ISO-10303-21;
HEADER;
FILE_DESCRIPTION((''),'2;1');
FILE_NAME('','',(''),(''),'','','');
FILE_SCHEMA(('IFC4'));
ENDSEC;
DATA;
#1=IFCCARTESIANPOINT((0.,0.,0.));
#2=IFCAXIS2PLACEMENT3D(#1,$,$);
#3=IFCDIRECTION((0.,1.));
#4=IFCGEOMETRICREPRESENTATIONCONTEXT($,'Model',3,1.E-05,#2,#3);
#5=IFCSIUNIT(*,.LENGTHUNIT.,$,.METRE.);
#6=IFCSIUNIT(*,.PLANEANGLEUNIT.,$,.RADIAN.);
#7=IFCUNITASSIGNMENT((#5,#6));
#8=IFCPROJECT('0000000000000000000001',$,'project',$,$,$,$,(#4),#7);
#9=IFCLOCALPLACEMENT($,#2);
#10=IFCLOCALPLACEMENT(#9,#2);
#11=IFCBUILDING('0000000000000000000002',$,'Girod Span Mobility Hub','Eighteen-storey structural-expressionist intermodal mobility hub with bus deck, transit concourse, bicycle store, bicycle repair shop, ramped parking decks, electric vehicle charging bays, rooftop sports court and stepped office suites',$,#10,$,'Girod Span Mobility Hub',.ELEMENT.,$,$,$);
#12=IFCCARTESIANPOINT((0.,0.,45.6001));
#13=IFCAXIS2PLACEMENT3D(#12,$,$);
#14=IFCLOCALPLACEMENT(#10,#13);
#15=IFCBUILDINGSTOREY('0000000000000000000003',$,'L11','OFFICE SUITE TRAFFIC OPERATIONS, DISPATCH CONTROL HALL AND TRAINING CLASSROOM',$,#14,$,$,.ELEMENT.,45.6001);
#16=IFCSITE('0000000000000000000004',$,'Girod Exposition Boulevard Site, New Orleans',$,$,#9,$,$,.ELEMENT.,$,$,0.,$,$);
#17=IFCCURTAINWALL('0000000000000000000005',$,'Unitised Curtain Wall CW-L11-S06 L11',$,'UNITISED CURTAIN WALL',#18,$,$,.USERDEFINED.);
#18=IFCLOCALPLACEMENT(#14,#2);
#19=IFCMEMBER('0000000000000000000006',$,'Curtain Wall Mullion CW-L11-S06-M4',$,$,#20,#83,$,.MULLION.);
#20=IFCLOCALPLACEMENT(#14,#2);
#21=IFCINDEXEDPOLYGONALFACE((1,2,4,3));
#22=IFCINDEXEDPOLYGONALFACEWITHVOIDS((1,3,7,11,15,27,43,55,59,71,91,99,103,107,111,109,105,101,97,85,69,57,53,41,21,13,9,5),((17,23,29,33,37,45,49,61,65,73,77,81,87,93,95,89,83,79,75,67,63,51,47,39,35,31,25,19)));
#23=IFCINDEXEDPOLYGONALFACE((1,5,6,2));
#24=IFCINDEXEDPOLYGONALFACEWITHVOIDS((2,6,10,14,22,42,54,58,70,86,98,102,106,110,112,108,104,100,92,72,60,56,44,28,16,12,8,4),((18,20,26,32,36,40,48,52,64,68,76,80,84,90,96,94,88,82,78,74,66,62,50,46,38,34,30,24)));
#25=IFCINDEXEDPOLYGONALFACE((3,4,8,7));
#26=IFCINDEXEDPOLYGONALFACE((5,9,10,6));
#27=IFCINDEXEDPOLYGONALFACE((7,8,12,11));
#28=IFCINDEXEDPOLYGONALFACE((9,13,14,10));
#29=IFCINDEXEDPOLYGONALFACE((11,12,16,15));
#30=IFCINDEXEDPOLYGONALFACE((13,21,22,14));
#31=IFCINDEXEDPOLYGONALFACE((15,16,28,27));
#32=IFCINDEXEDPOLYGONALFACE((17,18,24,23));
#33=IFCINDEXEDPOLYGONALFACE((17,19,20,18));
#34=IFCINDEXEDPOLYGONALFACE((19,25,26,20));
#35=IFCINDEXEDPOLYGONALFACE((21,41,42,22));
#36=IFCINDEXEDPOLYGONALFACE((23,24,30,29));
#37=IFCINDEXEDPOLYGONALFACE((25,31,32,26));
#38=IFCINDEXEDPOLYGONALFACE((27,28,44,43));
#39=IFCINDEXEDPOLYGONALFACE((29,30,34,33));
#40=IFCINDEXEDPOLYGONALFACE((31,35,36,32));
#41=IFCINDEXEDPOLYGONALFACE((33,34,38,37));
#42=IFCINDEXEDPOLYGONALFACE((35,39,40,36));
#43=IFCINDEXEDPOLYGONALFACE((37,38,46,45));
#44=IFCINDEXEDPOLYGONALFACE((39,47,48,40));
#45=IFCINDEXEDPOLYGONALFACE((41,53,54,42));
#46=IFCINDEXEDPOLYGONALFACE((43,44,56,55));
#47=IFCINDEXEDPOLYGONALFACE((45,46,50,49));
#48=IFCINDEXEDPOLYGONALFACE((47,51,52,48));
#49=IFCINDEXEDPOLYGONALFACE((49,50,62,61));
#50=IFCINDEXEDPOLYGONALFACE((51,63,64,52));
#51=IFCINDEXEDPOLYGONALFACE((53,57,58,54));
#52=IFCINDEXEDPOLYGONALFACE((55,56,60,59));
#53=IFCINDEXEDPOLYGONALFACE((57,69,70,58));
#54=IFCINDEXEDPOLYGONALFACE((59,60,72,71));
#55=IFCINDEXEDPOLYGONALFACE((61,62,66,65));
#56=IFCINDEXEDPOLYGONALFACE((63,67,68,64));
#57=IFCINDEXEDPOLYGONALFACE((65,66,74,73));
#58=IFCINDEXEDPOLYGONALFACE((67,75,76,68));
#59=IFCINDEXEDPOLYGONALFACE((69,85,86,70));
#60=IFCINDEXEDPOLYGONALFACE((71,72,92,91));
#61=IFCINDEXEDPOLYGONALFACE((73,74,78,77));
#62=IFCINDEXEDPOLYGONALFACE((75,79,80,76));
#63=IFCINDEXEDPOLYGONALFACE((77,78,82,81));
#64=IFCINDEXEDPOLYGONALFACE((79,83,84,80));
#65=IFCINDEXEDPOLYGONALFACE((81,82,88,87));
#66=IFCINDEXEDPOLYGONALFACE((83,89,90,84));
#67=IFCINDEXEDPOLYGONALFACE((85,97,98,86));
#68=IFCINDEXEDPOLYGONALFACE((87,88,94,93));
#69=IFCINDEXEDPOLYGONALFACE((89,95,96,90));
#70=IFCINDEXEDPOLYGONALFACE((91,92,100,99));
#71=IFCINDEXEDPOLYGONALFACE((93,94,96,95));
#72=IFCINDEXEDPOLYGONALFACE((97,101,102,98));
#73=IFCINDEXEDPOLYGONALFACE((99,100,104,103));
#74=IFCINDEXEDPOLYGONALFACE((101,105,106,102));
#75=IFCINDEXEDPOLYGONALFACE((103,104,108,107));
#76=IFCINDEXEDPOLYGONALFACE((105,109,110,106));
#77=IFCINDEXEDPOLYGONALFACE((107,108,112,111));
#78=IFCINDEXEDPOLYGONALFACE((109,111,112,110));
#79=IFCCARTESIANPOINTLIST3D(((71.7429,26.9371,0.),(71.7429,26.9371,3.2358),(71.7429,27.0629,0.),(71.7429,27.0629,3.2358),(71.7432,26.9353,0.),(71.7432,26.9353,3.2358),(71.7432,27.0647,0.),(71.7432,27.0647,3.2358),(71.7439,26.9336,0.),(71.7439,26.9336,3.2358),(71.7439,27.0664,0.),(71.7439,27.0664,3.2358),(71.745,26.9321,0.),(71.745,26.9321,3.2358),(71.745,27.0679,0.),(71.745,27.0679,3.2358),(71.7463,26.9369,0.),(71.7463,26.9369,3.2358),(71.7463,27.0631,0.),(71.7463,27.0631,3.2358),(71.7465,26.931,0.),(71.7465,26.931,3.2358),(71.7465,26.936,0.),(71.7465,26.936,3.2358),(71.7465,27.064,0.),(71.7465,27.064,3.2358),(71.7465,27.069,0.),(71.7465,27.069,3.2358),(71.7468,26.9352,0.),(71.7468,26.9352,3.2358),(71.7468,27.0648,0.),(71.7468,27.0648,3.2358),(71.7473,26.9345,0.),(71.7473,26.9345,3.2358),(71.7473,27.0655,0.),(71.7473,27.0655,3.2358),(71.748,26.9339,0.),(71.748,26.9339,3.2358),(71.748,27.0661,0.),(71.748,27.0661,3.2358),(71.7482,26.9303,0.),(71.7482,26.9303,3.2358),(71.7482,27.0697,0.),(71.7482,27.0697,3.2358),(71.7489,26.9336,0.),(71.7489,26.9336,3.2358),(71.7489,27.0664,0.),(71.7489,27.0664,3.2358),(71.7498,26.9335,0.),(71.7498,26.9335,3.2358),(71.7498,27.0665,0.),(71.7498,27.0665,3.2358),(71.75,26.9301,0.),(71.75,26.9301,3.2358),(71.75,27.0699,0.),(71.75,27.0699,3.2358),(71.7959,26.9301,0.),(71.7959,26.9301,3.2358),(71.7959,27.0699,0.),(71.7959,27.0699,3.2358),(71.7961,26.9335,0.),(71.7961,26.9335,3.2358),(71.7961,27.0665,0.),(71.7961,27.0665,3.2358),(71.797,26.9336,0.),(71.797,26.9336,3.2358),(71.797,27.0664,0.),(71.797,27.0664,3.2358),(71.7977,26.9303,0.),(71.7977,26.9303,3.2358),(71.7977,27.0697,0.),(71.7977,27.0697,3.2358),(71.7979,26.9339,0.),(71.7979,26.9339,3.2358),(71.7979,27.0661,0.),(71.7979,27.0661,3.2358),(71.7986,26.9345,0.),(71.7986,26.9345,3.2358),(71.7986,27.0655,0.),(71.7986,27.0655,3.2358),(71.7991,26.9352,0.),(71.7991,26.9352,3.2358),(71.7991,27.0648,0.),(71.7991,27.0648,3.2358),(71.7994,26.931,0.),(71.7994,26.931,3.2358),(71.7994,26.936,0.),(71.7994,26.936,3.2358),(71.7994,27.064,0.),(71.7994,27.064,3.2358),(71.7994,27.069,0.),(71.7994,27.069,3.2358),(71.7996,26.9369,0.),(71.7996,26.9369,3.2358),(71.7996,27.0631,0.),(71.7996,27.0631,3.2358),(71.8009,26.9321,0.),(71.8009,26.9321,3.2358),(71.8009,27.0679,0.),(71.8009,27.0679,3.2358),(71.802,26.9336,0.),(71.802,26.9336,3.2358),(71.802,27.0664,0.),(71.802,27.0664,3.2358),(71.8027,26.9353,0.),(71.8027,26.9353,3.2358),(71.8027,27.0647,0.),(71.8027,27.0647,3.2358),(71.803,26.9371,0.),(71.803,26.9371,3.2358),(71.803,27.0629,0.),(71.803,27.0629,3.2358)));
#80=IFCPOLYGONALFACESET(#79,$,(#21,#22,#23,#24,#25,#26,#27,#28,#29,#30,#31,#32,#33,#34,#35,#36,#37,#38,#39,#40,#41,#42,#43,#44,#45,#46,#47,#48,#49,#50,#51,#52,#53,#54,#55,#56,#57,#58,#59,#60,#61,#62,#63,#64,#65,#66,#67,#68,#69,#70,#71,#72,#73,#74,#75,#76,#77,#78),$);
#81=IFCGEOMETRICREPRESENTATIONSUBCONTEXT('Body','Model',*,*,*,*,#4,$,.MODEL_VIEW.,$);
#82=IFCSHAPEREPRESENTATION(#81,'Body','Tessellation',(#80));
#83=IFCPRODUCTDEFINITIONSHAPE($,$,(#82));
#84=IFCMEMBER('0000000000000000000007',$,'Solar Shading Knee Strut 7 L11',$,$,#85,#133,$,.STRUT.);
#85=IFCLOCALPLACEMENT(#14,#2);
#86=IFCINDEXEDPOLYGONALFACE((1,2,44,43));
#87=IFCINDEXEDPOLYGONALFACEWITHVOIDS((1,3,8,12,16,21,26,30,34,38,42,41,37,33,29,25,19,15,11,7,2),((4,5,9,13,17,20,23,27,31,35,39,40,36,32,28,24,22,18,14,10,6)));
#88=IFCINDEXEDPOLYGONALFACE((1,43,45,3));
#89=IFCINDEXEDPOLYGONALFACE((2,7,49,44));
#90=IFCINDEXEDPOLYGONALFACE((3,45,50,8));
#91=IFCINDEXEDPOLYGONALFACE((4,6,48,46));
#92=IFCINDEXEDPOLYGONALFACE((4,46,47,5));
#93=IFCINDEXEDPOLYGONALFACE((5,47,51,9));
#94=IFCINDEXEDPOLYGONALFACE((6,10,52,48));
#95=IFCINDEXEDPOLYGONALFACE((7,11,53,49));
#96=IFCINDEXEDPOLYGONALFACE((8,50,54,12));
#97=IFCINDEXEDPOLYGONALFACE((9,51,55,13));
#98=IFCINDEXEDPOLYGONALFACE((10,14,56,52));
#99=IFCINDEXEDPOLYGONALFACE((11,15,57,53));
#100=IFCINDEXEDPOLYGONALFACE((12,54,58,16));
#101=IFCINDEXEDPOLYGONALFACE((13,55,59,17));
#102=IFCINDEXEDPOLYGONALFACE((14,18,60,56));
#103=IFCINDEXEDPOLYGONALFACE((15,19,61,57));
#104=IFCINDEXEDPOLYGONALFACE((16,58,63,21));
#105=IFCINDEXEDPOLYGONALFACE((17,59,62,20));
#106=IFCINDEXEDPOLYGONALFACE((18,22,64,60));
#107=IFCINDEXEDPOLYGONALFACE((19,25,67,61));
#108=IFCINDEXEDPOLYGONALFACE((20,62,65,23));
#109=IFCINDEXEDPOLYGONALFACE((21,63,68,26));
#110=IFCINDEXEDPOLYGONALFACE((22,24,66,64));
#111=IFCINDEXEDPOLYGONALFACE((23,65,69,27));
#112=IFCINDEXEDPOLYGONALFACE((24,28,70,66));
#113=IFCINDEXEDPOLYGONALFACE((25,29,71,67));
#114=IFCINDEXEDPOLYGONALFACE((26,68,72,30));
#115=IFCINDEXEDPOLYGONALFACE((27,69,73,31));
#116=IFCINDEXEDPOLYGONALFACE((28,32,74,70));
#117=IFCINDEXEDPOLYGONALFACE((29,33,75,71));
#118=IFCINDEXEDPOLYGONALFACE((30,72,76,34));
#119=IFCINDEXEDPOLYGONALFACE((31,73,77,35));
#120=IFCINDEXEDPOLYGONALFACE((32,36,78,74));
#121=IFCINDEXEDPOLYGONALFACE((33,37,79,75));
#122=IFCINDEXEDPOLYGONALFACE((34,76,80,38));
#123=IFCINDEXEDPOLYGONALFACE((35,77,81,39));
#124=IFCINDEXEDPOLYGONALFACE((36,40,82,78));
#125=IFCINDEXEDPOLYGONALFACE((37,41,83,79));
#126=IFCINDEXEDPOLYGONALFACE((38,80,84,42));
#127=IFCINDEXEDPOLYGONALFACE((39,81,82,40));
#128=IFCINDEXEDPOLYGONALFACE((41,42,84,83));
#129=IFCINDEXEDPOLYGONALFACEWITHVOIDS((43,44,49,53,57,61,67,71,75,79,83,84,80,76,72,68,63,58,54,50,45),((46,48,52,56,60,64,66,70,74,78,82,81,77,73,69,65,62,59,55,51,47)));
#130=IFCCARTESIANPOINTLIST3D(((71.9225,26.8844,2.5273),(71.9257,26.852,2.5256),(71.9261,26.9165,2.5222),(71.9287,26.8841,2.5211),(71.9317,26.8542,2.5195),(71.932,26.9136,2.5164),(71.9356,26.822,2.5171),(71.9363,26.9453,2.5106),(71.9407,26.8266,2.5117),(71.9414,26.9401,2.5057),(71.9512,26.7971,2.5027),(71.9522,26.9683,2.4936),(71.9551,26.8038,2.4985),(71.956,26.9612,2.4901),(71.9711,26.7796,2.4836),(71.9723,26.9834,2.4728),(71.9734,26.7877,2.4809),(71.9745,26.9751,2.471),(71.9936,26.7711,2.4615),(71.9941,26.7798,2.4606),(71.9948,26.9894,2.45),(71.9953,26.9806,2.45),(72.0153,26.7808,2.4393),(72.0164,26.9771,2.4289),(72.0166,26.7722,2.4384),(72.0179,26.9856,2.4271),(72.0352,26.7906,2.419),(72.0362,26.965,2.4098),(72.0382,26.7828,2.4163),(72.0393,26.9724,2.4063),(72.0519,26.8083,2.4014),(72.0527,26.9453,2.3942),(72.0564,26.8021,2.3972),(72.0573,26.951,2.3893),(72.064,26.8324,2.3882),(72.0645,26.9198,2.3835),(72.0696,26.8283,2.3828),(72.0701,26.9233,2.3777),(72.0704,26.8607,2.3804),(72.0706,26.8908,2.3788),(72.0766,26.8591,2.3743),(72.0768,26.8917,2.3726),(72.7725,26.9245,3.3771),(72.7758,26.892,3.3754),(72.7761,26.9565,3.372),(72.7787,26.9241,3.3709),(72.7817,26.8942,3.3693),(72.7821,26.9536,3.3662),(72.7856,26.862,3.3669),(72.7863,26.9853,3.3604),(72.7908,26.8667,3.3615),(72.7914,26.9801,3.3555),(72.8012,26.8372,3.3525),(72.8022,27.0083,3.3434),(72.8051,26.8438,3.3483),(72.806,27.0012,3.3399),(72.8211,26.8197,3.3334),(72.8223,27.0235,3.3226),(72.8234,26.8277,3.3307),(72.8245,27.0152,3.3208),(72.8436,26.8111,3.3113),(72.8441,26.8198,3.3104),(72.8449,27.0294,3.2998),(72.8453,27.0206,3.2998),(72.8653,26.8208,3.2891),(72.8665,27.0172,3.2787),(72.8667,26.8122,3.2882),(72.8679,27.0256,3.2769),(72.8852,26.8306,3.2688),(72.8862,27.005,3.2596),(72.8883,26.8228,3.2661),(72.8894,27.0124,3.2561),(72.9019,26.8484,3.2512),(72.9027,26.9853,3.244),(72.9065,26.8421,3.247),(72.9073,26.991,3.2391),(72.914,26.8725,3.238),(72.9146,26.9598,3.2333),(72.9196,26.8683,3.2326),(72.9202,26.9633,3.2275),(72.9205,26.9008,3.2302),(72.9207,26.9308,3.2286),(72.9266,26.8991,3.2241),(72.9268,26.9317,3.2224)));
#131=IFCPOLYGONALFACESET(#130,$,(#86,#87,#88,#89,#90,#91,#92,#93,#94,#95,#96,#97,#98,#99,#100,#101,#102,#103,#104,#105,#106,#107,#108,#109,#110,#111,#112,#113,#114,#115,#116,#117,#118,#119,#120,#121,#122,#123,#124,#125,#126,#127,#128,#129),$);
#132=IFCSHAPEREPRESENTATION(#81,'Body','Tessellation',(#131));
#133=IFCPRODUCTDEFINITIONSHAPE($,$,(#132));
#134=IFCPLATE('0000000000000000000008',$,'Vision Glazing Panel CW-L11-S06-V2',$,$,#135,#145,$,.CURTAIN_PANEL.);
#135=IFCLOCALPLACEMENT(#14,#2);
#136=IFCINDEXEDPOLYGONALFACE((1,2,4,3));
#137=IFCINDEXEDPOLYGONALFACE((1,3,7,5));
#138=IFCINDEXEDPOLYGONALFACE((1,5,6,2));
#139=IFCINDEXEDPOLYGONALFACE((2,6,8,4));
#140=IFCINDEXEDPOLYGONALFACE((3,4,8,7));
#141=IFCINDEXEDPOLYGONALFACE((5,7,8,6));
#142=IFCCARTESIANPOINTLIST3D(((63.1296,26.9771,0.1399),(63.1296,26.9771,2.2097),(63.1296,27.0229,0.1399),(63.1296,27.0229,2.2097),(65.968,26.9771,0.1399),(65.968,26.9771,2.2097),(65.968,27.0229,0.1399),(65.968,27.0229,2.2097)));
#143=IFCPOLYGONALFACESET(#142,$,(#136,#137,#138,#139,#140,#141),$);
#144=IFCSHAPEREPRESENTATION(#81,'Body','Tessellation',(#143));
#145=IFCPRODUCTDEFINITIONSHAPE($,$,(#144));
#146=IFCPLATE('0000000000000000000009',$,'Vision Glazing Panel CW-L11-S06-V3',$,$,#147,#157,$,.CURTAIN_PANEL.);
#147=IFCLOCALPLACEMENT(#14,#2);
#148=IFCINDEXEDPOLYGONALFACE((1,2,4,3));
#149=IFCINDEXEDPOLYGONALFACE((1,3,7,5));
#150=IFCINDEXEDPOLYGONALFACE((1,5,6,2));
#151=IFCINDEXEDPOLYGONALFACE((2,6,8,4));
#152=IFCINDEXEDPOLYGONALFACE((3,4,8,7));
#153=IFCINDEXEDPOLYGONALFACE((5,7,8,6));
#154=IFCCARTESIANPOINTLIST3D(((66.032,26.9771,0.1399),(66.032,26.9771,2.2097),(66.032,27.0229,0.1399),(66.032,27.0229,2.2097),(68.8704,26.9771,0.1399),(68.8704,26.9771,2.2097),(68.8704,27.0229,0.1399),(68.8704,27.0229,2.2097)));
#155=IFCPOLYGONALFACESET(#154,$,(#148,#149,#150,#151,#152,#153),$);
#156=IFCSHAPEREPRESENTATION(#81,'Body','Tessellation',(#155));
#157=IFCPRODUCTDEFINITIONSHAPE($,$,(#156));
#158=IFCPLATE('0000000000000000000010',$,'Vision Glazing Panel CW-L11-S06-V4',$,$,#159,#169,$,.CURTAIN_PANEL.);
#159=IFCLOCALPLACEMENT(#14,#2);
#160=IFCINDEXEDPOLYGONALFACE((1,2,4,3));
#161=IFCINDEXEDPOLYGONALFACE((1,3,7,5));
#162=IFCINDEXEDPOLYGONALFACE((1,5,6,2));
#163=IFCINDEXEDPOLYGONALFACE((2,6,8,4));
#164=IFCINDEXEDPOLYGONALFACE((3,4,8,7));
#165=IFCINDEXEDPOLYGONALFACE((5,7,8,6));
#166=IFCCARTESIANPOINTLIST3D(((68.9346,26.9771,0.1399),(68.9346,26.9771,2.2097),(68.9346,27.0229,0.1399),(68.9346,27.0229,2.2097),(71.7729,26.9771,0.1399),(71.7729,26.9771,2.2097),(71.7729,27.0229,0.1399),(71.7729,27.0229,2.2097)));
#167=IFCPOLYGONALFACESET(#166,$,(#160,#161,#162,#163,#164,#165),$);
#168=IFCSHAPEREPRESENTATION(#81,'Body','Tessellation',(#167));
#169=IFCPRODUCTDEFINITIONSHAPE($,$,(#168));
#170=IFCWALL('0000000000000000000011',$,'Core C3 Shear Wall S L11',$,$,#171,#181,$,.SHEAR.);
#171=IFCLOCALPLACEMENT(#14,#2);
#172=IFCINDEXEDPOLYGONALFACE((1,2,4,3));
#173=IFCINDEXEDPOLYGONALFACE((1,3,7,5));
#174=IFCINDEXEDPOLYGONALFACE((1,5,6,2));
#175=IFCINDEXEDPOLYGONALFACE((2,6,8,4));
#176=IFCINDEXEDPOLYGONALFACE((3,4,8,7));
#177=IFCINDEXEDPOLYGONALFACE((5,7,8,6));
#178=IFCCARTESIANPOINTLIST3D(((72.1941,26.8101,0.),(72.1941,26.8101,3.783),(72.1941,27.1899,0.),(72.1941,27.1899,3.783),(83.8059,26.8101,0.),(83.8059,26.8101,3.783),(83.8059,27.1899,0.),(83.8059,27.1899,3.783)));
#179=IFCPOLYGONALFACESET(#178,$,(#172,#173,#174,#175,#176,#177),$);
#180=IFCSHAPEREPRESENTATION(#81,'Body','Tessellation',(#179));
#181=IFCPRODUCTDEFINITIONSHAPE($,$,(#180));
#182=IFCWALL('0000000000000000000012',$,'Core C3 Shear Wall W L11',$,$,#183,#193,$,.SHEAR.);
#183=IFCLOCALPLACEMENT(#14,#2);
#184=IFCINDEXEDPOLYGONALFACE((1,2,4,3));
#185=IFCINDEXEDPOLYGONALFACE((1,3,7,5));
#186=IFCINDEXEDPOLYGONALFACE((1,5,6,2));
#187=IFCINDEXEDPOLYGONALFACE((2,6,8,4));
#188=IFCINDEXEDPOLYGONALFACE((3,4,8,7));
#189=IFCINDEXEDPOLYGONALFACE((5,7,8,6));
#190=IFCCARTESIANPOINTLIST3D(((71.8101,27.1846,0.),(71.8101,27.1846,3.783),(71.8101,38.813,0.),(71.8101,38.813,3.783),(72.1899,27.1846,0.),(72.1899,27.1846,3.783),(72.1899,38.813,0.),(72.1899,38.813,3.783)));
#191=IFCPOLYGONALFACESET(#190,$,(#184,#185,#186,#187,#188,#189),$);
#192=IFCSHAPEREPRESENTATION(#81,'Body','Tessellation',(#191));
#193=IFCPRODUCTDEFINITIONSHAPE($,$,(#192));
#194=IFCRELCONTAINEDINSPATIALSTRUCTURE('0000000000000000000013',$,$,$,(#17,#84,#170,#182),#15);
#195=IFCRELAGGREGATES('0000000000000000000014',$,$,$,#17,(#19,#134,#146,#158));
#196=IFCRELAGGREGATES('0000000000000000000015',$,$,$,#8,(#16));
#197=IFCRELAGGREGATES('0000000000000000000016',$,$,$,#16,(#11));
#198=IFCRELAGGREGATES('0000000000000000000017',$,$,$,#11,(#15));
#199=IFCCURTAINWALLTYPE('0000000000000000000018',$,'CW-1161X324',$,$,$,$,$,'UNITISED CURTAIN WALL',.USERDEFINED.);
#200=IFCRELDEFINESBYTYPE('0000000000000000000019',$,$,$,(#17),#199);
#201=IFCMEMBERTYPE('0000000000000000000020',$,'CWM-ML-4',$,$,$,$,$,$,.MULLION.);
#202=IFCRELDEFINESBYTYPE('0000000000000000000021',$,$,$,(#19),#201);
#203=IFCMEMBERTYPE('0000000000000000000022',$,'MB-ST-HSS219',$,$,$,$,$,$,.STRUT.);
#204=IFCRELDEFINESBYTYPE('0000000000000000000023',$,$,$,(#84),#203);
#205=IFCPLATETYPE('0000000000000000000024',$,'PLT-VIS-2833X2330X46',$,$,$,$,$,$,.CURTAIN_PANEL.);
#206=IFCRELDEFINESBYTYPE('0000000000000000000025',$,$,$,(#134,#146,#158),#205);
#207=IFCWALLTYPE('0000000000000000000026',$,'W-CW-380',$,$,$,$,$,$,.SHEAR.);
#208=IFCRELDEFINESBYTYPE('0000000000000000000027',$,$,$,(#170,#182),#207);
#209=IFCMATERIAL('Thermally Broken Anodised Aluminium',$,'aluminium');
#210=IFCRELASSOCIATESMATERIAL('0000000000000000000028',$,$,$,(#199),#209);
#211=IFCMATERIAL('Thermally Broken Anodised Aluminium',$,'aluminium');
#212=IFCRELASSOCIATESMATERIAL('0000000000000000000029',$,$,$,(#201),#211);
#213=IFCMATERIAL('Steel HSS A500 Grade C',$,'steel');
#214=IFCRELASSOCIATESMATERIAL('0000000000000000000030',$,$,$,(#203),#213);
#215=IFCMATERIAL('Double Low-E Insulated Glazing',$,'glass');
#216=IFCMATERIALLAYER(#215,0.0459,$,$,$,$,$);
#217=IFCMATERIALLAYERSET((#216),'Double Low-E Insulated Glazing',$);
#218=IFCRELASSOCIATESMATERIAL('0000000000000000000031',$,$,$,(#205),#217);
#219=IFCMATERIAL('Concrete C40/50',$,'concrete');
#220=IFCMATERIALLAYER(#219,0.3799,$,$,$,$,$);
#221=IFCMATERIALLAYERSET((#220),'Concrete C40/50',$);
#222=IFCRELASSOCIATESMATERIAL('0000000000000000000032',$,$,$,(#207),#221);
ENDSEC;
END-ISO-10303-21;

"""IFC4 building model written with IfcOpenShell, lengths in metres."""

from ifc_helpers import new_model, si_unit, direction, frame, frame_2d, origin, origin_2d, place, context, subcontext, project, spatial, rectangle, hollow_rectangle, hollow_circle, extrude, material, layer, layer_set, material_profile, profile_set, type_object, element, aggregate, save


model = new_model("IFC4")

# Units and contexts
model_context = context("Model", 3, precision=1e-05, world=origin(), true_north=direction((0.0, 1.0)))
body_context = subcontext(model_context, "Body", "Model", "MODEL_VIEW")
ifc_project = project(units=[si_unit("LENGTHUNIT", "METRE"), si_unit("PLANEANGLEUNIT", "RADIAN")], contexts=[model_context])

# Site, building, storey
site_placement = place(None, origin())
site = spatial("IfcSite", under=ifc_project, at=site_placement, Name="Girod Exposition Boulevard Site, New Orleans", CompositionType="ELEMENT", RefElevation=0.0)
building_placement = place(site_placement, origin())
building = spatial("IfcBuilding", under=site, at=building_placement, Name="Girod Span Mobility Hub", Description="Eighteen-storey structural-expressionist intermodal mobility hub with bus deck, transit concourse, bicycle store, bicycle repair shop, ramped parking decks, electric vehicle charging bays, rooftop sports court and stepped office suites", LongName="Girod Span Mobility Hub", CompositionType="ELEMENT")
storey_placement = place(building_placement, frame((0.0, 0.0, 45.6001)))
storey = spatial("IfcBuildingStorey", under=building, at=storey_placement, Name="L11", Description="OFFICE SUITE TRAFFIC OPERATIONS, DISPATCH CONTROL HALL AND TRAINING CLASSROOM", CompositionType="ELEMENT", Elevation=45.6001)

# Curtain wall, member
ifc_material_1 = material(Name="Thermally Broken Anodised Aluminium", Category="aluminium")
curtain_wall_type = type_object("IfcCurtainWallType", Name="CW-1161X324", ElementType="UNITISED CURTAIN WALL", PredefinedType="USERDEFINED", material=ifc_material_1)
curtain_wall_placement = place(storey_placement, origin())
curtain_wall = element("IfcCurtainWall", 1, at=curtain_wall_placement, inside=storey, type_object=curtain_wall_type, Name="Unitised Curtain Wall CW-L11-S06 L11", ObjectType="UNITISED CURTAIN WALL", PredefinedType="USERDEFINED")
ifc_material_2 = material(Name="Thermally Broken Anodised Aluminium", Category="aluminium")
ifc_material_profile_1 = material_profile(ifc_material_2, hollow_rectangle(XDim=0.1399, YDim=0.0601, WallThickness=0.0034, InnerFilletRadius=0.0034, OuterFilletRadius=0.0071, at=origin_2d()), Name="CW-ML-60X140")
ifc_profile_set_1 = profile_set([ifc_material_profile_1], Name="Thermally Broken Anodised Aluminium")
member_type_1 = type_object("IfcMemberType", Name="CWM-ML-4", PredefinedType="MULLION", material=ifc_profile_set_1)
member_1_placement = place(storey_placement, frame((71.7729, 27.0, 0.0), z_axis=(0.0, 0.0, 1.0), x_axis=(0.0, 1.0, 0.0)))
member_1 = element("IfcMember", 2, at=member_1_placement, type_object=member_type_1, Name="Curtain Wall Mullion CW-L11-S06-M4", PredefinedType="MULLION", context=body_context, shape_type="SweptSolid", body=[
    extrude(hollow_rectangle(XDim=0.1399, YDim=0.0601, WallThickness=0.0034, InnerFilletRadius=0.0034, OuterFilletRadius=0.0071, at=origin_2d()), origin(), (0.0, 0.0, 1.0), 3.2358),
])

# Member
ifc_material_3 = material(Name="Steel HSS A500 Grade C", Category="steel")
ifc_material_profile_2 = material_profile(ifc_material_3, hollow_circle(Radius=0.1096, WallThickness=0.0088, at=origin_2d()), Name="HSS219X9.5")
ifc_profile_set_2 = profile_set([ifc_material_profile_2], Name="Steel HSS A500 Grade C")
member_type_2 = type_object("IfcMemberType", Name="MB-ST-HSS219", PredefinedType="STRUT", material=ifc_profile_set_2)
member_2_placement = place(storey_placement, frame((72.0, 26.8799, 2.45), z_axis=(0.706816, 0.033291, 0.706613), x_axis=(-0.047047, 0.998893, 0.0)))
element("IfcMember", 3, at=member_2_placement, inside=storey, type_object=member_type_2, Name="Solar Shading Knee Strut 7 L11", PredefinedType="STRUT", context=body_context, shape_type="SweptSolid", body=[
    extrude(hollow_circle(Radius=0.1096, WallThickness=0.0088, at=origin_2d()), origin(), (0.0, 0.0, 1.0), 1.2026),
])

# Plates
ifc_material_4 = material(Name="Double Low-E Insulated Glazing", Category="glass")
ifc_layer_1 = layer(ifc_material_4, 0.0459)
ifc_layer_set_1 = layer_set([ifc_layer_1], Name="Double Low-E Insulated Glazing")
plate_type = type_object("IfcPlateType", Name="PLT-VIS-2833X2330X46", PredefinedType="CURTAIN_PANEL", material=ifc_layer_set_1)
plate_1_placement = place(storey_placement, frame((64.5488, 27.0, 0.1399), z_axis=(0.0, 0.0, 1.0), x_axis=(1.0, 0.0, 0.0)))
plate_1 = element("IfcPlate", 4, at=plate_1_placement, type_object=plate_type, Name="Vision Glazing Panel CW-L11-S06-V2", PredefinedType="CURTAIN_PANEL", context=body_context, shape_type="SweptSolid", body=[
    extrude(rectangle(XDim=2.8384, YDim=0.0459, at=origin_2d()), origin(), (0.0, 0.0, 1.0), 2.0698),
])
plate_2_placement = place(storey_placement, frame((67.4512, 27.0, 0.1399), z_axis=(0.0, 0.0, 1.0), x_axis=(1.0, 0.0, 0.0)))
plate_2 = element("IfcPlate", 5, at=plate_2_placement, type_object=plate_type, Name="Vision Glazing Panel CW-L11-S06-V3", PredefinedType="CURTAIN_PANEL", context=body_context, shape_type="SweptSolid", body=[
    extrude(rectangle(XDim=2.8384, YDim=0.0459, at=origin_2d()), origin(), (0.0, 0.0, 1.0), 2.0698),
])
plate_3_placement = place(storey_placement, frame((70.3538, 27.0, 0.1399), z_axis=(0.0, 0.0, 1.0), x_axis=(1.0, 0.0, 0.0)))
plate_3 = element("IfcPlate", 6, at=plate_3_placement, type_object=plate_type, Name="Vision Glazing Panel CW-L11-S06-V4", PredefinedType="CURTAIN_PANEL", context=body_context, shape_type="SweptSolid", body=[
    extrude(rectangle(XDim=2.8384, YDim=0.0459, at=origin_2d()), origin(), (0.0, 0.0, 1.0), 2.0698),
])
aggregate(curtain_wall, [member_1, plate_1, plate_2, plate_3])

# Walls
ifc_material_5 = material(Name="Concrete C40/50", Category="concrete")
ifc_layer_2 = layer(ifc_material_5, 0.3799)
ifc_layer_set_2 = layer_set([ifc_layer_2], Name="Concrete C40/50")
wall_type_1 = type_object("IfcWallType", Name="W-CW-380", PredefinedType="SHEAR", material=ifc_layer_set_2)
wall_1_placement = place(storey_placement, frame((72.1941, 27.0, 0.0), z_axis=(0.0, 0.0, 1.0), x_axis=(1.0, 0.0, 0.0)))
element("IfcWall", 7, at=wall_1_placement, inside=storey, type_object=wall_type_1, Name="Core C3 Shear Wall S L11", PredefinedType="SHEAR", context=body_context, shape_type="SweptSolid", body=[
    extrude(rectangle(XDim=11.6118, YDim=0.3799, at=frame_2d((5.8059, 0.0))), origin(), (0.0, 0.0, 1.0), 3.783),
])
wall_2_placement = place(storey_placement, frame((72.0, 27.1846, 0.0), z_axis=(0.0, 0.0, 1.0), x_axis=(0.0, 1.0, 0.0)))
element("IfcWall", 8, at=wall_2_placement, inside=storey, type_object=wall_type_1, Name="Core C3 Shear Wall W L11", PredefinedType="SHEAR", context=body_context, shape_type="SweptSolid", body=[
    extrude(rectangle(XDim=11.6284, YDim=0.3799, at=frame_2d((5.8142, 0.0))), origin(), (0.0, 0.0, 1.0), 3.783),
])

save(model, "model.ifc")
